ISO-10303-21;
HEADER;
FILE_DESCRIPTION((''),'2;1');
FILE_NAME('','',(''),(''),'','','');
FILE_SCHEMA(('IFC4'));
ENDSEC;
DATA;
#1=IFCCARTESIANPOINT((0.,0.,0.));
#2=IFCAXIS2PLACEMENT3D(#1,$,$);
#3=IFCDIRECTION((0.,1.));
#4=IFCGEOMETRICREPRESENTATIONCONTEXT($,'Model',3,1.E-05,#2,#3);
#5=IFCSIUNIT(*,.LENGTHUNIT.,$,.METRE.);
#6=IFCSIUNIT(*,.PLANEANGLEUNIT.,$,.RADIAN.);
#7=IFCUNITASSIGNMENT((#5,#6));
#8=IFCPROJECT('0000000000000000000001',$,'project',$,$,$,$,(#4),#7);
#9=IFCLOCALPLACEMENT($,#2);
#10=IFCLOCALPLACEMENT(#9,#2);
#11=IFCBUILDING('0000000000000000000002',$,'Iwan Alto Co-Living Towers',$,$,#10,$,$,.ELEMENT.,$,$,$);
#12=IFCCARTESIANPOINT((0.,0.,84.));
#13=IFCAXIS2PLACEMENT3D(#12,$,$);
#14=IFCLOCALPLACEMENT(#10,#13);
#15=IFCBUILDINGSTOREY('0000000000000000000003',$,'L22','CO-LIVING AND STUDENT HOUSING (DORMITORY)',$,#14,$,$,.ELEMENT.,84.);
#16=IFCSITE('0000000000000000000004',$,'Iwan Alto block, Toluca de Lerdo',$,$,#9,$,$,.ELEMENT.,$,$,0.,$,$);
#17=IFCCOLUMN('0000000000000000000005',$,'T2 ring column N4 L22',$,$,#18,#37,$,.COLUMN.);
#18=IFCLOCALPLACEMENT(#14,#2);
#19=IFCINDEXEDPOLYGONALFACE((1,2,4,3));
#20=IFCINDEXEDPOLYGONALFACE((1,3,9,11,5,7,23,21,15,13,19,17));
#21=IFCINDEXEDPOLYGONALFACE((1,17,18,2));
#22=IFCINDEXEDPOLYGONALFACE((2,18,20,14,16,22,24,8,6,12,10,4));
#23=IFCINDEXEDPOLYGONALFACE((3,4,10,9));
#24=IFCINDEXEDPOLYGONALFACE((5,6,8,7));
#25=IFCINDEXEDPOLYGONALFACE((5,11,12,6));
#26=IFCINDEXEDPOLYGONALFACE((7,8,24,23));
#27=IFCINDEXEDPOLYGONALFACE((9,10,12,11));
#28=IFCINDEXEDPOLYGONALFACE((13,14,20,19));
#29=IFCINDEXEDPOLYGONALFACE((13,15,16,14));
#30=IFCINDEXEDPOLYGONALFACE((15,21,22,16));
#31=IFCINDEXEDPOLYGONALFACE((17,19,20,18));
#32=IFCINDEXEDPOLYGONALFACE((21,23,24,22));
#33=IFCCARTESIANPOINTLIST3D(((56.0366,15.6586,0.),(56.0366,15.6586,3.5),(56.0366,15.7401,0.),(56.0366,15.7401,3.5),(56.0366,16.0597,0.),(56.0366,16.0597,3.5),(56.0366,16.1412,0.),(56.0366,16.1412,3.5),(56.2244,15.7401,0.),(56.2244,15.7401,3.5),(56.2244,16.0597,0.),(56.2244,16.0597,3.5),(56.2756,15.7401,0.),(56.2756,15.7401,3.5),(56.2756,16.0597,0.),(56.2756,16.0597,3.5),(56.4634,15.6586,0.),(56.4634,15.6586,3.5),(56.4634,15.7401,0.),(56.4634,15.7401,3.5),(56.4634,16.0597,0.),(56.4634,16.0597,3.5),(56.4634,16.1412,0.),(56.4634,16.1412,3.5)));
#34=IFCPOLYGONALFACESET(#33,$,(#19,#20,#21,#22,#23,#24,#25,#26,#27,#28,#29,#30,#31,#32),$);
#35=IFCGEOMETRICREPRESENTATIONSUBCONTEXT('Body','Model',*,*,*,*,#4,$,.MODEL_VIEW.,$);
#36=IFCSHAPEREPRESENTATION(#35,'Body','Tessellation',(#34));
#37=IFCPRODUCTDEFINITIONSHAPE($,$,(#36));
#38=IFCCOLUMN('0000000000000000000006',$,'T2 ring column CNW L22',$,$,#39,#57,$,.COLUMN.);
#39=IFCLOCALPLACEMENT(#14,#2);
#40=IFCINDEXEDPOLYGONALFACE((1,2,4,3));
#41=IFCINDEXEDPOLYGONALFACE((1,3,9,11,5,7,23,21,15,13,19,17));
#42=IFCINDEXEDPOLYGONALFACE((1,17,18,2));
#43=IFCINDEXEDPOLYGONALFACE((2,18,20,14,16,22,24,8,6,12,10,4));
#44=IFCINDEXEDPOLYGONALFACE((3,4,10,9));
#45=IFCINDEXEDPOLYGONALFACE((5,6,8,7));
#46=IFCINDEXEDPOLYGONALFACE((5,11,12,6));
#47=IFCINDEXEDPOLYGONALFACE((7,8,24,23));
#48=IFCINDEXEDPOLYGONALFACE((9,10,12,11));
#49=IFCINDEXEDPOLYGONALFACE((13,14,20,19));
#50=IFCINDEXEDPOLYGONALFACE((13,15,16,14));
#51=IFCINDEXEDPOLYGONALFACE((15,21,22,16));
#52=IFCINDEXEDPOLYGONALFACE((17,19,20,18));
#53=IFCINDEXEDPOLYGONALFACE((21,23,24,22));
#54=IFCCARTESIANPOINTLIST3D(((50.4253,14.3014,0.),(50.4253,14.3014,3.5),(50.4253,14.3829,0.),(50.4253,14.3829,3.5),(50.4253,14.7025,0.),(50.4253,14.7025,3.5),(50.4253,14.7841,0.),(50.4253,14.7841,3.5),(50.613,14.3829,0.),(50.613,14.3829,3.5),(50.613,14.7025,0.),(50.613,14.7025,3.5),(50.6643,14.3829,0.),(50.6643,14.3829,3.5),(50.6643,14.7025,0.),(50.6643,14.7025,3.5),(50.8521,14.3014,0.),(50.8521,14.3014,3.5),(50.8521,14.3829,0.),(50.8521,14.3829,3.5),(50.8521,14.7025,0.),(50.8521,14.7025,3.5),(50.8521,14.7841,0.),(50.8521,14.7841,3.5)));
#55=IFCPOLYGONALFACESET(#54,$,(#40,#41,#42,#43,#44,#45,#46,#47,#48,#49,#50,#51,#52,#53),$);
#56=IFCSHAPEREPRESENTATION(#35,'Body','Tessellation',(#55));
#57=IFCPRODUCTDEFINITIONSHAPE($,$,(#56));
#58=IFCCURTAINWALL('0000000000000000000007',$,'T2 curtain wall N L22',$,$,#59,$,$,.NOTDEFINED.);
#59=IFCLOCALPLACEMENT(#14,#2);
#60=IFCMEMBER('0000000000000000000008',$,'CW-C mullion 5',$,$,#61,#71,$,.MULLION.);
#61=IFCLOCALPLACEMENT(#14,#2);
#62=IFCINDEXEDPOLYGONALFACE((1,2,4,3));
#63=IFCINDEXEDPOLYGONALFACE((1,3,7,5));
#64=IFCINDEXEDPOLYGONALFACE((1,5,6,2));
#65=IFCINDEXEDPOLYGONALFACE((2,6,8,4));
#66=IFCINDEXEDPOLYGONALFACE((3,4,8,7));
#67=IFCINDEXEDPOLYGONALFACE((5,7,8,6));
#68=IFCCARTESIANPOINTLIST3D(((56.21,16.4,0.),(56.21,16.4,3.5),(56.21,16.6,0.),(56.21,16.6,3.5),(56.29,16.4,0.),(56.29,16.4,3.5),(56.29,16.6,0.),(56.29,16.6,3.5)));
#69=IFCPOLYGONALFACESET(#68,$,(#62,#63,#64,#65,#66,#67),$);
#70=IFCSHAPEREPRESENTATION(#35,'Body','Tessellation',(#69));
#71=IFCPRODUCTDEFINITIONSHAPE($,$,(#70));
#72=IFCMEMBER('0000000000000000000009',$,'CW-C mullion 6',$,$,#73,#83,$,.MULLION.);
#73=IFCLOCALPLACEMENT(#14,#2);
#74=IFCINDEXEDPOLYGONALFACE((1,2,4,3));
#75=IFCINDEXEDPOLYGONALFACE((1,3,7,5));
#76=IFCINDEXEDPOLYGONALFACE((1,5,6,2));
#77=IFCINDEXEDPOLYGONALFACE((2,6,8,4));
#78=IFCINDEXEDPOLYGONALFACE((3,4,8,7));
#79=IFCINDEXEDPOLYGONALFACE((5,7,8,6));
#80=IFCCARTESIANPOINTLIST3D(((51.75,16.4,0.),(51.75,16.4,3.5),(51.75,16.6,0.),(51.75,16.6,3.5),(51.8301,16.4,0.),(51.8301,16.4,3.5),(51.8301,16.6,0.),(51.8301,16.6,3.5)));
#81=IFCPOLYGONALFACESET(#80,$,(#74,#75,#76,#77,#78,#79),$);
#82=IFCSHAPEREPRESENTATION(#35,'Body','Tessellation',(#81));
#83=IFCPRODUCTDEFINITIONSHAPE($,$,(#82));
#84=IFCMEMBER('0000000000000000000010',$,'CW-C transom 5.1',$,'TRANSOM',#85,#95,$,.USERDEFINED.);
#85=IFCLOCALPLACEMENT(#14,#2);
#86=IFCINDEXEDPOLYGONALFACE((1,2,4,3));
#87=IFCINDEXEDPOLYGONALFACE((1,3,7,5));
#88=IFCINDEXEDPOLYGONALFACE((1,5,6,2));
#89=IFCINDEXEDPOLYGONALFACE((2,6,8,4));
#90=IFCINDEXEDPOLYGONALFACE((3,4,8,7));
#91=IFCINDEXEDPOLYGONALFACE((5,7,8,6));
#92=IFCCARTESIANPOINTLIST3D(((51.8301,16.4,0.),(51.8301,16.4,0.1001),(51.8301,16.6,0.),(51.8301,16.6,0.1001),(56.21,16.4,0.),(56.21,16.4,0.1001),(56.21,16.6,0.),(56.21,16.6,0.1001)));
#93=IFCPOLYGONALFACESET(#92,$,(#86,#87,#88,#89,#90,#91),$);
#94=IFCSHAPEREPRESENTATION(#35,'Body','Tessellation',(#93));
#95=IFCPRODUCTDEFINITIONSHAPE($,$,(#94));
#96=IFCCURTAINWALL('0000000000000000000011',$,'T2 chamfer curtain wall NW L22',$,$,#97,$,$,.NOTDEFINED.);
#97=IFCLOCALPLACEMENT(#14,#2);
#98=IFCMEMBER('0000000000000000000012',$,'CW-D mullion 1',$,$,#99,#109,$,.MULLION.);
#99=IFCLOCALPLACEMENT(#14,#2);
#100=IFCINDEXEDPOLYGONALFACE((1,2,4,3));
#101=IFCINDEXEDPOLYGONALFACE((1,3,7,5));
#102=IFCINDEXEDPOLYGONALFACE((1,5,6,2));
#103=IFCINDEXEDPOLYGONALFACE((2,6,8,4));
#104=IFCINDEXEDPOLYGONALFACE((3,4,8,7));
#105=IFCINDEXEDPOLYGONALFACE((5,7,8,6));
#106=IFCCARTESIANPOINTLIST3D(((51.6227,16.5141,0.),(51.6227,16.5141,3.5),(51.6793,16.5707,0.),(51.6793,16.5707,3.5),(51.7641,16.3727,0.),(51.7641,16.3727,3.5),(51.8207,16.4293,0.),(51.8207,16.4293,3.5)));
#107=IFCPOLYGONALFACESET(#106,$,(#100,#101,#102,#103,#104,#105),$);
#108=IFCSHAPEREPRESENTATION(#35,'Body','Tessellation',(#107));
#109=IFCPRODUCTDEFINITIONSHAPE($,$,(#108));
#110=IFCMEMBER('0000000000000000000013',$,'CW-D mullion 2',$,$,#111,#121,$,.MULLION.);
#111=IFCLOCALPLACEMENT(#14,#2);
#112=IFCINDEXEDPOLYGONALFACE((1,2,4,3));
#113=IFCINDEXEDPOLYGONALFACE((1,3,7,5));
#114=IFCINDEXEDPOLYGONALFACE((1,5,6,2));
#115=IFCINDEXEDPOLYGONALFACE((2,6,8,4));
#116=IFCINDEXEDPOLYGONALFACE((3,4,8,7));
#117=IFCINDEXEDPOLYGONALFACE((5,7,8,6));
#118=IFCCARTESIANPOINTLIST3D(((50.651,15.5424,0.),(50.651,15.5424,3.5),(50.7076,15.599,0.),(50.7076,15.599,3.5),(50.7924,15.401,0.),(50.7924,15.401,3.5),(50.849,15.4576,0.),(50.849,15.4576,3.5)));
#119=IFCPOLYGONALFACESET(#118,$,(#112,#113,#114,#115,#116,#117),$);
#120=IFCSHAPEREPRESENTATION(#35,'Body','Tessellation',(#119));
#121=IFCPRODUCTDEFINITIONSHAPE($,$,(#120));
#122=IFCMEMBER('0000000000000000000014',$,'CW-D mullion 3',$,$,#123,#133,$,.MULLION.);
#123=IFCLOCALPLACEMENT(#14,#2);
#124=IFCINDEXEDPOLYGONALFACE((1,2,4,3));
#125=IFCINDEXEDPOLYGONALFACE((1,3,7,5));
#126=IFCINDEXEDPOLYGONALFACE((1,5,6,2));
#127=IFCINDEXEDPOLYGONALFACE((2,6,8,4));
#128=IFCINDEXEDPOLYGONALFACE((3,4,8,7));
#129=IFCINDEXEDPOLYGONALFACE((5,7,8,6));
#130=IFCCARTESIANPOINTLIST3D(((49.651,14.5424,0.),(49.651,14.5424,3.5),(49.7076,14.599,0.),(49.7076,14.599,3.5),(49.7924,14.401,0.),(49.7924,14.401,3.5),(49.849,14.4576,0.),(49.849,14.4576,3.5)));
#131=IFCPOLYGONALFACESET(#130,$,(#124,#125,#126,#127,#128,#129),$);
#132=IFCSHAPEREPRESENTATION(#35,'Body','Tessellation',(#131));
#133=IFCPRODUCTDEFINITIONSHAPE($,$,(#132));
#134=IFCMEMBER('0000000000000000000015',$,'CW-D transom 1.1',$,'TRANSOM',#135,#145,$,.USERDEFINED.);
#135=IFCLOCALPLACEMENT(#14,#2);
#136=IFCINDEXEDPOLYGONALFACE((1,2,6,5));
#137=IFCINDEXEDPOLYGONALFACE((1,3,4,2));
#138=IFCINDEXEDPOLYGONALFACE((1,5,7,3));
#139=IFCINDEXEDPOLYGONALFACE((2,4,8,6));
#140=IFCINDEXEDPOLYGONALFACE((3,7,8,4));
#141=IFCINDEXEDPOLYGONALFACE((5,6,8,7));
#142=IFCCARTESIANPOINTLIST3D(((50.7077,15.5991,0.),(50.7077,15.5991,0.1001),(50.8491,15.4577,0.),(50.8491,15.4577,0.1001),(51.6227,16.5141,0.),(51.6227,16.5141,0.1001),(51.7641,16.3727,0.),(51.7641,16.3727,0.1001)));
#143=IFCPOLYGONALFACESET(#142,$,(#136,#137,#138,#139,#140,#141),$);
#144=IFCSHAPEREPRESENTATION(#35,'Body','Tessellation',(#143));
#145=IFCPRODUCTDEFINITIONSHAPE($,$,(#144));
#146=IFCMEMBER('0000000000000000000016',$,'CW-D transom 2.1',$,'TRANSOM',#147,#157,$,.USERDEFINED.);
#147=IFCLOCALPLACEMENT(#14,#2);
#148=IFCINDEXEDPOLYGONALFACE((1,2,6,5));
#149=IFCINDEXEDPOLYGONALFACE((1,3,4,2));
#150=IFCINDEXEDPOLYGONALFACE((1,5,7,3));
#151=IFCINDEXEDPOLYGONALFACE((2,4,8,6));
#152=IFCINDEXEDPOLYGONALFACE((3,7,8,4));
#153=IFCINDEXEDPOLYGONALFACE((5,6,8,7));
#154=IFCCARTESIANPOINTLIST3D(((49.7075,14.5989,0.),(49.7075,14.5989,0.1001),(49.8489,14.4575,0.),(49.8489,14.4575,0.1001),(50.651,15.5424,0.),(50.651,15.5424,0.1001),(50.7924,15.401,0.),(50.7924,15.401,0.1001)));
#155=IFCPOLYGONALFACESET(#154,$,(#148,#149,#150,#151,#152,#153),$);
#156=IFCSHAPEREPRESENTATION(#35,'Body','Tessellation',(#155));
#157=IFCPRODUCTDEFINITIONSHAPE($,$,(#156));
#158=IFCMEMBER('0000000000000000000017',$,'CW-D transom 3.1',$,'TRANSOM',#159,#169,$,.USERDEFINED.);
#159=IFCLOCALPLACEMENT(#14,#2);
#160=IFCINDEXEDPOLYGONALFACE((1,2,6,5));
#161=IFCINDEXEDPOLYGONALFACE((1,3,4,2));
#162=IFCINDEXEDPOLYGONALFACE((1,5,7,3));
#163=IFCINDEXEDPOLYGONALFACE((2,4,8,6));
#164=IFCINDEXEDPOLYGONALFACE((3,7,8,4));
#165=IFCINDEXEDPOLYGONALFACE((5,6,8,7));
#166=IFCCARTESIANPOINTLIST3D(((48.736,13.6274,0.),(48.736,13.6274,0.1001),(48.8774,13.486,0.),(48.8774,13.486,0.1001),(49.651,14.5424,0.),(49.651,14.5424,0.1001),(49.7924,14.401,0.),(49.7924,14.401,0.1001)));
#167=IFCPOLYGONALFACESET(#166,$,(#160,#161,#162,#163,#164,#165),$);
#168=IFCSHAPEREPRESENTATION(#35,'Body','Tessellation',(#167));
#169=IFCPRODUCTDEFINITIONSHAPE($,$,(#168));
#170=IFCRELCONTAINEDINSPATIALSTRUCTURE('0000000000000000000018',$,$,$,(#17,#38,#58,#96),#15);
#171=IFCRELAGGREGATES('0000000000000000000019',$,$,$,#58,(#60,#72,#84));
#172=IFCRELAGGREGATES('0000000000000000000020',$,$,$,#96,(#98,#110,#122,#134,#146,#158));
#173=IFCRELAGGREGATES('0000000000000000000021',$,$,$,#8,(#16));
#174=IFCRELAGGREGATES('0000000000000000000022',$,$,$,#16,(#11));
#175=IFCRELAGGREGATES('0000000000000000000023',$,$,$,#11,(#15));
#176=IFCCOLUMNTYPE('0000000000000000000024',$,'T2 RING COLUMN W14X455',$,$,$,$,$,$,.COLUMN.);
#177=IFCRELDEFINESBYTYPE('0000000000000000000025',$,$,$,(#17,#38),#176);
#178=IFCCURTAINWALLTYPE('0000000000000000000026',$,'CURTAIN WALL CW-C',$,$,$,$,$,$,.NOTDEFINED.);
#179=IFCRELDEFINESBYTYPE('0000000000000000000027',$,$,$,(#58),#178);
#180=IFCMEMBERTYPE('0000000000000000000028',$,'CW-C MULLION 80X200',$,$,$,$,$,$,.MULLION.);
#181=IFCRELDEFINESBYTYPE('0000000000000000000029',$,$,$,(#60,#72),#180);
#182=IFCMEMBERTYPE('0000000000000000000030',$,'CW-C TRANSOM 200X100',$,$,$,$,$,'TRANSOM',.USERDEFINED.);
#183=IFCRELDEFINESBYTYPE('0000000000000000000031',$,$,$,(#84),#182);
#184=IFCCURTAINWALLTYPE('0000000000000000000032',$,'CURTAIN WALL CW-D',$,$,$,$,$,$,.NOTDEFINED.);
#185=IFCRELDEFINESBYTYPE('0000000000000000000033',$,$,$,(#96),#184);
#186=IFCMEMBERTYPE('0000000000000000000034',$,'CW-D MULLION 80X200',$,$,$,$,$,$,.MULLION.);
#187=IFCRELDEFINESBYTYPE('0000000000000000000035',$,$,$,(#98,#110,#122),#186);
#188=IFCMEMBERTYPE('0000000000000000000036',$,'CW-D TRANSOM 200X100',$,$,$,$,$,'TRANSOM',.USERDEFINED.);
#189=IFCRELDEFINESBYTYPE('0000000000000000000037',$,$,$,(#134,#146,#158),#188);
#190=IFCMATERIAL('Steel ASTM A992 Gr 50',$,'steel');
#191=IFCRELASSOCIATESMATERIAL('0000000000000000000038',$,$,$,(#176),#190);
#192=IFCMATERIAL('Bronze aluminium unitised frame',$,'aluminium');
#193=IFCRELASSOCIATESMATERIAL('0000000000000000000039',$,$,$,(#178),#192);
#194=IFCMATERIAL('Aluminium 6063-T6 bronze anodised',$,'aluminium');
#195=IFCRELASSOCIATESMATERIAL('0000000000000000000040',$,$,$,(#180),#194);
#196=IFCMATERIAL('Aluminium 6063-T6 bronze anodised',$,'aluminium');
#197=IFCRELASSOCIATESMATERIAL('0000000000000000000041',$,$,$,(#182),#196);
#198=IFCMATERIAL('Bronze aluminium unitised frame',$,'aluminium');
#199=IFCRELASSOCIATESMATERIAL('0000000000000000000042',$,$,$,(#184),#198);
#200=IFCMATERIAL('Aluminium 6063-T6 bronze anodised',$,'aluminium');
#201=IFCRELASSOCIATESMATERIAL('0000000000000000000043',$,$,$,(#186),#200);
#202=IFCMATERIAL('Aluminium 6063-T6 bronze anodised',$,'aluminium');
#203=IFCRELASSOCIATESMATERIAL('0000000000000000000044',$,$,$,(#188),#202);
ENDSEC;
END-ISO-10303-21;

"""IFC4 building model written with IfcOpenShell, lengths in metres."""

from ifc_helpers import new_model, si_unit, direction, frame, origin, origin_2d, place, context, subcontext, project, spatial, rectangle, i_section, extrude, material, material_profile, profile_set, type_object, element, aggregate, save


model = new_model("IFC4")

# Units and contexts
model_context = context("Model", 3, precision=1e-05, world=origin(), true_north=direction((0.0, 1.0)))
body_context = subcontext(model_context, "Body", "Model", "MODEL_VIEW")
ifc_project = project(units=[si_unit("LENGTHUNIT", "METRE"), si_unit("PLANEANGLEUNIT", "RADIAN")], contexts=[model_context])

# Site, building, storey
site_placement = place(None, origin())
site = spatial("IfcSite", under=ifc_project, at=site_placement, Name="Iwan Alto block, Toluca de Lerdo", CompositionType="ELEMENT", RefElevation=0.0)
building_placement = place(site_placement, origin())
building = spatial("IfcBuilding", under=site, at=building_placement, Name="Iwan Alto Co-Living Towers", CompositionType="ELEMENT")
storey_placement = place(building_placement, frame((0.0, 0.0, 84.0)))
storey = spatial("IfcBuildingStorey", under=building, at=storey_placement, Name="L22", Description="CO-LIVING AND STUDENT HOUSING (DORMITORY)", CompositionType="ELEMENT", Elevation=84.0)

# Columns
ifc_material_1 = material(Name="Steel ASTM A992 Gr 50", Category="steel")
ifc_material_profile_1 = material_profile(ifc_material_1, i_section(OverallWidth=0.4268, OverallDepth=0.4827, WebThickness=0.0513, FlangeThickness=0.0815, at=origin_2d()), Name="W14X455")
ifc_profile_set_1 = profile_set([ifc_material_profile_1], Name="Steel ASTM A992 Gr 50")
column_type = type_object("IfcColumnType", Name="T2 RING COLUMN W14X455", PredefinedType="COLUMN", material=ifc_profile_set_1)
for number, where, z_axis, x_axis, name in (
    (1, (56.25, 15.8999, 0.0), (0.0, 0.0, 1.0), (1.0, 0.0, 0.0), "T2 ring column N4 L22"),
    (2, (50.6387, 14.5427, 0.0), (0.0, 0.0, 1.0), (1.0, 0.0, 0.0), "T2 ring column CNW L22"),
):
    element("IfcColumn", number, at=place(storey_placement, frame(where, z_axis=z_axis, x_axis=x_axis)), inside=storey, type_object=column_type, Name=name, PredefinedType="COLUMN", context=body_context, shape_type="SweptSolid", body=[
        extrude(i_section(OverallWidth=0.4268, OverallDepth=0.4827, WebThickness=0.0513, FlangeThickness=0.0815, at=origin_2d()), origin(), (0.0, 0.0, 1.0), 3.5),
    ])

# Curtain walls, members
ifc_material_2 = material(Name="Bronze aluminium unitised frame", Category="aluminium")
curtain_wall_type_1 = type_object("IfcCurtainWallType", Name="CURTAIN WALL CW-C", PredefinedType="NOTDEFINED", material=ifc_material_2)
curtain_wall_1_placement = place(storey_placement, origin())
curtain_wall_1 = element("IfcCurtainWall", 3, at=curtain_wall_1_placement, inside=storey, type_object=curtain_wall_type_1, Name="T2 curtain wall N L22", PredefinedType="NOTDEFINED")
ifc_material_3 = material(Name="Aluminium 6063-T6 bronze anodised", Category="aluminium")
ifc_material_profile_2 = material_profile(ifc_material_3, rectangle(XDim=0.2, YDim=0.0801, at=origin_2d()), Name="AL 80X200")
ifc_profile_set_2 = profile_set([ifc_material_profile_2], Name="Aluminium 6063-T6 bronze anodised")
member_type_1 = type_object("IfcMemberType", Name="CW-C MULLION 80X200", PredefinedType="MULLION", material=ifc_profile_set_2)
member_1_placement = place(storey_placement, frame((56.25, 16.5, 0.0), z_axis=(0.0, 0.0, 1.0), x_axis=(0.0, -1.0, 0.0)))
member_1 = element("IfcMember", 4, at=member_1_placement, type_object=member_type_1, Name="CW-C mullion 5", PredefinedType="MULLION", context=body_context, shape_type="SweptSolid", body=[
    extrude(rectangle(XDim=0.2, YDim=0.0801, at=origin_2d()), origin(), (0.0, 0.0, 1.0), 3.5),
])
member_2_placement = place(storey_placement, frame((51.79, 16.5, 0.0), z_axis=(0.0, 0.0, 1.0), x_axis=(0.0, -1.0, 0.0)))
member_2 = element("IfcMember", 5, at=member_2_placement, type_object=member_type_1, Name="CW-C mullion 6", PredefinedType="MULLION", context=body_context, shape_type="SweptSolid", body=[
    extrude(rectangle(XDim=0.2, YDim=0.0801, at=origin_2d()), origin(), (0.0, 0.0, 1.0), 3.5),
])
ifc_material_4 = material(Name="Aluminium 6063-T6 bronze anodised", Category="aluminium")
ifc_material_profile_3 = material_profile(ifc_material_4, rectangle(XDim=0.2, YDim=0.1001, at=origin_2d()), Name="AL 200X100")
ifc_profile_set_3 = profile_set([ifc_material_profile_3], Name="Aluminium 6063-T6 bronze anodised")
member_type_2 = type_object("IfcMemberType", Name="CW-C TRANSOM 200X100", ElementType="TRANSOM", PredefinedType="USERDEFINED", material=ifc_profile_set_3)
member_3_placement = place(storey_placement, frame((56.21, 16.5, 0.05), z_axis=(-1.0, 0.0, 0.0), x_axis=(0.0, -1.0, 0.0)))
member_3 = element("IfcMember", 6, at=member_3_placement, type_object=member_type_2, Name="CW-C transom 5.1", ObjectType="TRANSOM", PredefinedType="USERDEFINED", context=body_context, shape_type="SweptSolid", body=[
    extrude(rectangle(XDim=0.2, YDim=0.1001, at=origin_2d()), origin(), (0.0, 0.0, 1.0), 4.3799),
])
ifc_material_5 = material(Name="Bronze aluminium unitised frame", Category="aluminium")
curtain_wall_type_2 = type_object("IfcCurtainWallType", Name="CURTAIN WALL CW-D", PredefinedType="NOTDEFINED", material=ifc_material_5)
curtain_wall_2_placement = place(storey_placement, origin())
curtain_wall_2 = element("IfcCurtainWall", 7, at=curtain_wall_2_placement, inside=storey, type_object=curtain_wall_type_2, Name="T2 chamfer curtain wall NW L22", PredefinedType="NOTDEFINED")
ifc_material_6 = material(Name="Aluminium 6063-T6 bronze anodised", Category="aluminium")
ifc_material_profile_4 = material_profile(ifc_material_6, rectangle(XDim=0.2, YDim=0.0801, at=origin_2d()), Name="AL 80X200")
ifc_profile_set_4 = profile_set([ifc_material_profile_4], Name="Aluminium 6063-T6 bronze anodised")
member_type_3 = type_object("IfcMemberType", Name="CW-D MULLION 80X200", PredefinedType="MULLION", material=ifc_profile_set_4)
member_4_placement = place(storey_placement, frame((51.7217, 16.4717, 0.0), z_axis=(0.0, 0.0, 1.0), x_axis=(0.707107, -0.707107, 0.0)))
member_4 = element("IfcMember", 8, at=member_4_placement, type_object=member_type_3, Name="CW-D mullion 1", PredefinedType="MULLION", context=body_context, shape_type="SweptSolid", body=[
    extrude(rectangle(XDim=0.2, YDim=0.0801, at=origin_2d()), origin(), (0.0, 0.0, 1.0), 3.5),
])
member_5_placement = place(storey_placement, frame((50.75, 15.5, 0.0), z_axis=(0.0, 0.0, 1.0), x_axis=(0.707107, -0.707107, 0.0)))
member_5 = element("IfcMember", 9, at=member_5_placement, type_object=member_type_3, Name="CW-D mullion 2", PredefinedType="MULLION", context=body_context, shape_type="SweptSolid", body=[
    extrude(rectangle(XDim=0.2, YDim=0.0801, at=origin_2d()), origin(), (0.0, 0.0, 1.0), 3.5),
])
member_6_placement = place(storey_placement, frame((49.75, 14.5, 0.0), z_axis=(0.0, 0.0, 1.0), x_axis=(0.707107, -0.707107, 0.0)))
member_6 = element("IfcMember", 10, at=member_6_placement, type_object=member_type_3, Name="CW-D mullion 3", PredefinedType="MULLION", context=body_context, shape_type="SweptSolid", body=[
    extrude(rectangle(XDim=0.2, YDim=0.0801, at=origin_2d()), origin(), (0.0, 0.0, 1.0), 3.5),
])
ifc_material_7 = material(Name="Aluminium 6063-T6 bronze anodised", Category="aluminium")
ifc_material_profile_5 = material_profile(ifc_material_7, rectangle(XDim=0.2, YDim=0.1001, at=origin_2d()), Name="AL 200X100")
ifc_profile_set_5 = profile_set([ifc_material_profile_5], Name="Aluminium 6063-T6 bronze anodised")
member_type_4 = type_object("IfcMemberType", Name="CW-D TRANSOM 200X100", ElementType="TRANSOM", PredefinedType="USERDEFINED", material=ifc_profile_set_5)
member_7_placement = place(storey_placement, frame((51.6934, 16.4434, 0.05), z_axis=(-0.707107, -0.707107, 0.0), x_axis=(0.707107, -0.707107, 0.0)))
member_7 = element("IfcMember", 11, at=member_7_placement, type_object=member_type_4, Name="CW-D transom 1.1", ObjectType="TRANSOM", PredefinedType="USERDEFINED", context=body_context, shape_type="SweptSolid", body=[
    extrude(rectangle(XDim=0.2, YDim=0.1001, at=origin_2d()), origin(), (0.0, 0.0, 1.0), 1.2939),
])
member_8_placement = place(storey_placement, frame((50.7217, 15.4717, 0.05), z_axis=(-0.707107, -0.707107, 0.0), x_axis=(0.707107, -0.707107, 0.0)))
member_8 = element("IfcMember", 12, at=member_8_placement, type_object=member_type_4, Name="CW-D transom 2.1", ObjectType="TRANSOM", PredefinedType="USERDEFINED", context=body_context, shape_type="SweptSolid", body=[
    extrude(rectangle(XDim=0.2, YDim=0.1001, at=origin_2d()), origin(), (0.0, 0.0, 1.0), 1.3342),
])
member_9_placement = place(storey_placement, frame((49.7217, 14.4717, 0.05), z_axis=(-0.707107, -0.707107, 0.0), x_axis=(0.707107, -0.707107, 0.0)))
member_9 = element("IfcMember", 13, at=member_9_placement, type_object=member_type_4, Name="CW-D transom 3.1", ObjectType="TRANSOM", PredefinedType="USERDEFINED", context=body_context, shape_type="SweptSolid", body=[
    extrude(rectangle(XDim=0.2, YDim=0.1001, at=origin_2d()), origin(), (0.0, 0.0, 1.0), 1.2939),
])

aggregate(curtain_wall_1, [member_1, member_2, member_3])
aggregate(curtain_wall_2, [member_4, member_5, member_6, member_7, member_8, member_9])

save(model, "model.ifc")
